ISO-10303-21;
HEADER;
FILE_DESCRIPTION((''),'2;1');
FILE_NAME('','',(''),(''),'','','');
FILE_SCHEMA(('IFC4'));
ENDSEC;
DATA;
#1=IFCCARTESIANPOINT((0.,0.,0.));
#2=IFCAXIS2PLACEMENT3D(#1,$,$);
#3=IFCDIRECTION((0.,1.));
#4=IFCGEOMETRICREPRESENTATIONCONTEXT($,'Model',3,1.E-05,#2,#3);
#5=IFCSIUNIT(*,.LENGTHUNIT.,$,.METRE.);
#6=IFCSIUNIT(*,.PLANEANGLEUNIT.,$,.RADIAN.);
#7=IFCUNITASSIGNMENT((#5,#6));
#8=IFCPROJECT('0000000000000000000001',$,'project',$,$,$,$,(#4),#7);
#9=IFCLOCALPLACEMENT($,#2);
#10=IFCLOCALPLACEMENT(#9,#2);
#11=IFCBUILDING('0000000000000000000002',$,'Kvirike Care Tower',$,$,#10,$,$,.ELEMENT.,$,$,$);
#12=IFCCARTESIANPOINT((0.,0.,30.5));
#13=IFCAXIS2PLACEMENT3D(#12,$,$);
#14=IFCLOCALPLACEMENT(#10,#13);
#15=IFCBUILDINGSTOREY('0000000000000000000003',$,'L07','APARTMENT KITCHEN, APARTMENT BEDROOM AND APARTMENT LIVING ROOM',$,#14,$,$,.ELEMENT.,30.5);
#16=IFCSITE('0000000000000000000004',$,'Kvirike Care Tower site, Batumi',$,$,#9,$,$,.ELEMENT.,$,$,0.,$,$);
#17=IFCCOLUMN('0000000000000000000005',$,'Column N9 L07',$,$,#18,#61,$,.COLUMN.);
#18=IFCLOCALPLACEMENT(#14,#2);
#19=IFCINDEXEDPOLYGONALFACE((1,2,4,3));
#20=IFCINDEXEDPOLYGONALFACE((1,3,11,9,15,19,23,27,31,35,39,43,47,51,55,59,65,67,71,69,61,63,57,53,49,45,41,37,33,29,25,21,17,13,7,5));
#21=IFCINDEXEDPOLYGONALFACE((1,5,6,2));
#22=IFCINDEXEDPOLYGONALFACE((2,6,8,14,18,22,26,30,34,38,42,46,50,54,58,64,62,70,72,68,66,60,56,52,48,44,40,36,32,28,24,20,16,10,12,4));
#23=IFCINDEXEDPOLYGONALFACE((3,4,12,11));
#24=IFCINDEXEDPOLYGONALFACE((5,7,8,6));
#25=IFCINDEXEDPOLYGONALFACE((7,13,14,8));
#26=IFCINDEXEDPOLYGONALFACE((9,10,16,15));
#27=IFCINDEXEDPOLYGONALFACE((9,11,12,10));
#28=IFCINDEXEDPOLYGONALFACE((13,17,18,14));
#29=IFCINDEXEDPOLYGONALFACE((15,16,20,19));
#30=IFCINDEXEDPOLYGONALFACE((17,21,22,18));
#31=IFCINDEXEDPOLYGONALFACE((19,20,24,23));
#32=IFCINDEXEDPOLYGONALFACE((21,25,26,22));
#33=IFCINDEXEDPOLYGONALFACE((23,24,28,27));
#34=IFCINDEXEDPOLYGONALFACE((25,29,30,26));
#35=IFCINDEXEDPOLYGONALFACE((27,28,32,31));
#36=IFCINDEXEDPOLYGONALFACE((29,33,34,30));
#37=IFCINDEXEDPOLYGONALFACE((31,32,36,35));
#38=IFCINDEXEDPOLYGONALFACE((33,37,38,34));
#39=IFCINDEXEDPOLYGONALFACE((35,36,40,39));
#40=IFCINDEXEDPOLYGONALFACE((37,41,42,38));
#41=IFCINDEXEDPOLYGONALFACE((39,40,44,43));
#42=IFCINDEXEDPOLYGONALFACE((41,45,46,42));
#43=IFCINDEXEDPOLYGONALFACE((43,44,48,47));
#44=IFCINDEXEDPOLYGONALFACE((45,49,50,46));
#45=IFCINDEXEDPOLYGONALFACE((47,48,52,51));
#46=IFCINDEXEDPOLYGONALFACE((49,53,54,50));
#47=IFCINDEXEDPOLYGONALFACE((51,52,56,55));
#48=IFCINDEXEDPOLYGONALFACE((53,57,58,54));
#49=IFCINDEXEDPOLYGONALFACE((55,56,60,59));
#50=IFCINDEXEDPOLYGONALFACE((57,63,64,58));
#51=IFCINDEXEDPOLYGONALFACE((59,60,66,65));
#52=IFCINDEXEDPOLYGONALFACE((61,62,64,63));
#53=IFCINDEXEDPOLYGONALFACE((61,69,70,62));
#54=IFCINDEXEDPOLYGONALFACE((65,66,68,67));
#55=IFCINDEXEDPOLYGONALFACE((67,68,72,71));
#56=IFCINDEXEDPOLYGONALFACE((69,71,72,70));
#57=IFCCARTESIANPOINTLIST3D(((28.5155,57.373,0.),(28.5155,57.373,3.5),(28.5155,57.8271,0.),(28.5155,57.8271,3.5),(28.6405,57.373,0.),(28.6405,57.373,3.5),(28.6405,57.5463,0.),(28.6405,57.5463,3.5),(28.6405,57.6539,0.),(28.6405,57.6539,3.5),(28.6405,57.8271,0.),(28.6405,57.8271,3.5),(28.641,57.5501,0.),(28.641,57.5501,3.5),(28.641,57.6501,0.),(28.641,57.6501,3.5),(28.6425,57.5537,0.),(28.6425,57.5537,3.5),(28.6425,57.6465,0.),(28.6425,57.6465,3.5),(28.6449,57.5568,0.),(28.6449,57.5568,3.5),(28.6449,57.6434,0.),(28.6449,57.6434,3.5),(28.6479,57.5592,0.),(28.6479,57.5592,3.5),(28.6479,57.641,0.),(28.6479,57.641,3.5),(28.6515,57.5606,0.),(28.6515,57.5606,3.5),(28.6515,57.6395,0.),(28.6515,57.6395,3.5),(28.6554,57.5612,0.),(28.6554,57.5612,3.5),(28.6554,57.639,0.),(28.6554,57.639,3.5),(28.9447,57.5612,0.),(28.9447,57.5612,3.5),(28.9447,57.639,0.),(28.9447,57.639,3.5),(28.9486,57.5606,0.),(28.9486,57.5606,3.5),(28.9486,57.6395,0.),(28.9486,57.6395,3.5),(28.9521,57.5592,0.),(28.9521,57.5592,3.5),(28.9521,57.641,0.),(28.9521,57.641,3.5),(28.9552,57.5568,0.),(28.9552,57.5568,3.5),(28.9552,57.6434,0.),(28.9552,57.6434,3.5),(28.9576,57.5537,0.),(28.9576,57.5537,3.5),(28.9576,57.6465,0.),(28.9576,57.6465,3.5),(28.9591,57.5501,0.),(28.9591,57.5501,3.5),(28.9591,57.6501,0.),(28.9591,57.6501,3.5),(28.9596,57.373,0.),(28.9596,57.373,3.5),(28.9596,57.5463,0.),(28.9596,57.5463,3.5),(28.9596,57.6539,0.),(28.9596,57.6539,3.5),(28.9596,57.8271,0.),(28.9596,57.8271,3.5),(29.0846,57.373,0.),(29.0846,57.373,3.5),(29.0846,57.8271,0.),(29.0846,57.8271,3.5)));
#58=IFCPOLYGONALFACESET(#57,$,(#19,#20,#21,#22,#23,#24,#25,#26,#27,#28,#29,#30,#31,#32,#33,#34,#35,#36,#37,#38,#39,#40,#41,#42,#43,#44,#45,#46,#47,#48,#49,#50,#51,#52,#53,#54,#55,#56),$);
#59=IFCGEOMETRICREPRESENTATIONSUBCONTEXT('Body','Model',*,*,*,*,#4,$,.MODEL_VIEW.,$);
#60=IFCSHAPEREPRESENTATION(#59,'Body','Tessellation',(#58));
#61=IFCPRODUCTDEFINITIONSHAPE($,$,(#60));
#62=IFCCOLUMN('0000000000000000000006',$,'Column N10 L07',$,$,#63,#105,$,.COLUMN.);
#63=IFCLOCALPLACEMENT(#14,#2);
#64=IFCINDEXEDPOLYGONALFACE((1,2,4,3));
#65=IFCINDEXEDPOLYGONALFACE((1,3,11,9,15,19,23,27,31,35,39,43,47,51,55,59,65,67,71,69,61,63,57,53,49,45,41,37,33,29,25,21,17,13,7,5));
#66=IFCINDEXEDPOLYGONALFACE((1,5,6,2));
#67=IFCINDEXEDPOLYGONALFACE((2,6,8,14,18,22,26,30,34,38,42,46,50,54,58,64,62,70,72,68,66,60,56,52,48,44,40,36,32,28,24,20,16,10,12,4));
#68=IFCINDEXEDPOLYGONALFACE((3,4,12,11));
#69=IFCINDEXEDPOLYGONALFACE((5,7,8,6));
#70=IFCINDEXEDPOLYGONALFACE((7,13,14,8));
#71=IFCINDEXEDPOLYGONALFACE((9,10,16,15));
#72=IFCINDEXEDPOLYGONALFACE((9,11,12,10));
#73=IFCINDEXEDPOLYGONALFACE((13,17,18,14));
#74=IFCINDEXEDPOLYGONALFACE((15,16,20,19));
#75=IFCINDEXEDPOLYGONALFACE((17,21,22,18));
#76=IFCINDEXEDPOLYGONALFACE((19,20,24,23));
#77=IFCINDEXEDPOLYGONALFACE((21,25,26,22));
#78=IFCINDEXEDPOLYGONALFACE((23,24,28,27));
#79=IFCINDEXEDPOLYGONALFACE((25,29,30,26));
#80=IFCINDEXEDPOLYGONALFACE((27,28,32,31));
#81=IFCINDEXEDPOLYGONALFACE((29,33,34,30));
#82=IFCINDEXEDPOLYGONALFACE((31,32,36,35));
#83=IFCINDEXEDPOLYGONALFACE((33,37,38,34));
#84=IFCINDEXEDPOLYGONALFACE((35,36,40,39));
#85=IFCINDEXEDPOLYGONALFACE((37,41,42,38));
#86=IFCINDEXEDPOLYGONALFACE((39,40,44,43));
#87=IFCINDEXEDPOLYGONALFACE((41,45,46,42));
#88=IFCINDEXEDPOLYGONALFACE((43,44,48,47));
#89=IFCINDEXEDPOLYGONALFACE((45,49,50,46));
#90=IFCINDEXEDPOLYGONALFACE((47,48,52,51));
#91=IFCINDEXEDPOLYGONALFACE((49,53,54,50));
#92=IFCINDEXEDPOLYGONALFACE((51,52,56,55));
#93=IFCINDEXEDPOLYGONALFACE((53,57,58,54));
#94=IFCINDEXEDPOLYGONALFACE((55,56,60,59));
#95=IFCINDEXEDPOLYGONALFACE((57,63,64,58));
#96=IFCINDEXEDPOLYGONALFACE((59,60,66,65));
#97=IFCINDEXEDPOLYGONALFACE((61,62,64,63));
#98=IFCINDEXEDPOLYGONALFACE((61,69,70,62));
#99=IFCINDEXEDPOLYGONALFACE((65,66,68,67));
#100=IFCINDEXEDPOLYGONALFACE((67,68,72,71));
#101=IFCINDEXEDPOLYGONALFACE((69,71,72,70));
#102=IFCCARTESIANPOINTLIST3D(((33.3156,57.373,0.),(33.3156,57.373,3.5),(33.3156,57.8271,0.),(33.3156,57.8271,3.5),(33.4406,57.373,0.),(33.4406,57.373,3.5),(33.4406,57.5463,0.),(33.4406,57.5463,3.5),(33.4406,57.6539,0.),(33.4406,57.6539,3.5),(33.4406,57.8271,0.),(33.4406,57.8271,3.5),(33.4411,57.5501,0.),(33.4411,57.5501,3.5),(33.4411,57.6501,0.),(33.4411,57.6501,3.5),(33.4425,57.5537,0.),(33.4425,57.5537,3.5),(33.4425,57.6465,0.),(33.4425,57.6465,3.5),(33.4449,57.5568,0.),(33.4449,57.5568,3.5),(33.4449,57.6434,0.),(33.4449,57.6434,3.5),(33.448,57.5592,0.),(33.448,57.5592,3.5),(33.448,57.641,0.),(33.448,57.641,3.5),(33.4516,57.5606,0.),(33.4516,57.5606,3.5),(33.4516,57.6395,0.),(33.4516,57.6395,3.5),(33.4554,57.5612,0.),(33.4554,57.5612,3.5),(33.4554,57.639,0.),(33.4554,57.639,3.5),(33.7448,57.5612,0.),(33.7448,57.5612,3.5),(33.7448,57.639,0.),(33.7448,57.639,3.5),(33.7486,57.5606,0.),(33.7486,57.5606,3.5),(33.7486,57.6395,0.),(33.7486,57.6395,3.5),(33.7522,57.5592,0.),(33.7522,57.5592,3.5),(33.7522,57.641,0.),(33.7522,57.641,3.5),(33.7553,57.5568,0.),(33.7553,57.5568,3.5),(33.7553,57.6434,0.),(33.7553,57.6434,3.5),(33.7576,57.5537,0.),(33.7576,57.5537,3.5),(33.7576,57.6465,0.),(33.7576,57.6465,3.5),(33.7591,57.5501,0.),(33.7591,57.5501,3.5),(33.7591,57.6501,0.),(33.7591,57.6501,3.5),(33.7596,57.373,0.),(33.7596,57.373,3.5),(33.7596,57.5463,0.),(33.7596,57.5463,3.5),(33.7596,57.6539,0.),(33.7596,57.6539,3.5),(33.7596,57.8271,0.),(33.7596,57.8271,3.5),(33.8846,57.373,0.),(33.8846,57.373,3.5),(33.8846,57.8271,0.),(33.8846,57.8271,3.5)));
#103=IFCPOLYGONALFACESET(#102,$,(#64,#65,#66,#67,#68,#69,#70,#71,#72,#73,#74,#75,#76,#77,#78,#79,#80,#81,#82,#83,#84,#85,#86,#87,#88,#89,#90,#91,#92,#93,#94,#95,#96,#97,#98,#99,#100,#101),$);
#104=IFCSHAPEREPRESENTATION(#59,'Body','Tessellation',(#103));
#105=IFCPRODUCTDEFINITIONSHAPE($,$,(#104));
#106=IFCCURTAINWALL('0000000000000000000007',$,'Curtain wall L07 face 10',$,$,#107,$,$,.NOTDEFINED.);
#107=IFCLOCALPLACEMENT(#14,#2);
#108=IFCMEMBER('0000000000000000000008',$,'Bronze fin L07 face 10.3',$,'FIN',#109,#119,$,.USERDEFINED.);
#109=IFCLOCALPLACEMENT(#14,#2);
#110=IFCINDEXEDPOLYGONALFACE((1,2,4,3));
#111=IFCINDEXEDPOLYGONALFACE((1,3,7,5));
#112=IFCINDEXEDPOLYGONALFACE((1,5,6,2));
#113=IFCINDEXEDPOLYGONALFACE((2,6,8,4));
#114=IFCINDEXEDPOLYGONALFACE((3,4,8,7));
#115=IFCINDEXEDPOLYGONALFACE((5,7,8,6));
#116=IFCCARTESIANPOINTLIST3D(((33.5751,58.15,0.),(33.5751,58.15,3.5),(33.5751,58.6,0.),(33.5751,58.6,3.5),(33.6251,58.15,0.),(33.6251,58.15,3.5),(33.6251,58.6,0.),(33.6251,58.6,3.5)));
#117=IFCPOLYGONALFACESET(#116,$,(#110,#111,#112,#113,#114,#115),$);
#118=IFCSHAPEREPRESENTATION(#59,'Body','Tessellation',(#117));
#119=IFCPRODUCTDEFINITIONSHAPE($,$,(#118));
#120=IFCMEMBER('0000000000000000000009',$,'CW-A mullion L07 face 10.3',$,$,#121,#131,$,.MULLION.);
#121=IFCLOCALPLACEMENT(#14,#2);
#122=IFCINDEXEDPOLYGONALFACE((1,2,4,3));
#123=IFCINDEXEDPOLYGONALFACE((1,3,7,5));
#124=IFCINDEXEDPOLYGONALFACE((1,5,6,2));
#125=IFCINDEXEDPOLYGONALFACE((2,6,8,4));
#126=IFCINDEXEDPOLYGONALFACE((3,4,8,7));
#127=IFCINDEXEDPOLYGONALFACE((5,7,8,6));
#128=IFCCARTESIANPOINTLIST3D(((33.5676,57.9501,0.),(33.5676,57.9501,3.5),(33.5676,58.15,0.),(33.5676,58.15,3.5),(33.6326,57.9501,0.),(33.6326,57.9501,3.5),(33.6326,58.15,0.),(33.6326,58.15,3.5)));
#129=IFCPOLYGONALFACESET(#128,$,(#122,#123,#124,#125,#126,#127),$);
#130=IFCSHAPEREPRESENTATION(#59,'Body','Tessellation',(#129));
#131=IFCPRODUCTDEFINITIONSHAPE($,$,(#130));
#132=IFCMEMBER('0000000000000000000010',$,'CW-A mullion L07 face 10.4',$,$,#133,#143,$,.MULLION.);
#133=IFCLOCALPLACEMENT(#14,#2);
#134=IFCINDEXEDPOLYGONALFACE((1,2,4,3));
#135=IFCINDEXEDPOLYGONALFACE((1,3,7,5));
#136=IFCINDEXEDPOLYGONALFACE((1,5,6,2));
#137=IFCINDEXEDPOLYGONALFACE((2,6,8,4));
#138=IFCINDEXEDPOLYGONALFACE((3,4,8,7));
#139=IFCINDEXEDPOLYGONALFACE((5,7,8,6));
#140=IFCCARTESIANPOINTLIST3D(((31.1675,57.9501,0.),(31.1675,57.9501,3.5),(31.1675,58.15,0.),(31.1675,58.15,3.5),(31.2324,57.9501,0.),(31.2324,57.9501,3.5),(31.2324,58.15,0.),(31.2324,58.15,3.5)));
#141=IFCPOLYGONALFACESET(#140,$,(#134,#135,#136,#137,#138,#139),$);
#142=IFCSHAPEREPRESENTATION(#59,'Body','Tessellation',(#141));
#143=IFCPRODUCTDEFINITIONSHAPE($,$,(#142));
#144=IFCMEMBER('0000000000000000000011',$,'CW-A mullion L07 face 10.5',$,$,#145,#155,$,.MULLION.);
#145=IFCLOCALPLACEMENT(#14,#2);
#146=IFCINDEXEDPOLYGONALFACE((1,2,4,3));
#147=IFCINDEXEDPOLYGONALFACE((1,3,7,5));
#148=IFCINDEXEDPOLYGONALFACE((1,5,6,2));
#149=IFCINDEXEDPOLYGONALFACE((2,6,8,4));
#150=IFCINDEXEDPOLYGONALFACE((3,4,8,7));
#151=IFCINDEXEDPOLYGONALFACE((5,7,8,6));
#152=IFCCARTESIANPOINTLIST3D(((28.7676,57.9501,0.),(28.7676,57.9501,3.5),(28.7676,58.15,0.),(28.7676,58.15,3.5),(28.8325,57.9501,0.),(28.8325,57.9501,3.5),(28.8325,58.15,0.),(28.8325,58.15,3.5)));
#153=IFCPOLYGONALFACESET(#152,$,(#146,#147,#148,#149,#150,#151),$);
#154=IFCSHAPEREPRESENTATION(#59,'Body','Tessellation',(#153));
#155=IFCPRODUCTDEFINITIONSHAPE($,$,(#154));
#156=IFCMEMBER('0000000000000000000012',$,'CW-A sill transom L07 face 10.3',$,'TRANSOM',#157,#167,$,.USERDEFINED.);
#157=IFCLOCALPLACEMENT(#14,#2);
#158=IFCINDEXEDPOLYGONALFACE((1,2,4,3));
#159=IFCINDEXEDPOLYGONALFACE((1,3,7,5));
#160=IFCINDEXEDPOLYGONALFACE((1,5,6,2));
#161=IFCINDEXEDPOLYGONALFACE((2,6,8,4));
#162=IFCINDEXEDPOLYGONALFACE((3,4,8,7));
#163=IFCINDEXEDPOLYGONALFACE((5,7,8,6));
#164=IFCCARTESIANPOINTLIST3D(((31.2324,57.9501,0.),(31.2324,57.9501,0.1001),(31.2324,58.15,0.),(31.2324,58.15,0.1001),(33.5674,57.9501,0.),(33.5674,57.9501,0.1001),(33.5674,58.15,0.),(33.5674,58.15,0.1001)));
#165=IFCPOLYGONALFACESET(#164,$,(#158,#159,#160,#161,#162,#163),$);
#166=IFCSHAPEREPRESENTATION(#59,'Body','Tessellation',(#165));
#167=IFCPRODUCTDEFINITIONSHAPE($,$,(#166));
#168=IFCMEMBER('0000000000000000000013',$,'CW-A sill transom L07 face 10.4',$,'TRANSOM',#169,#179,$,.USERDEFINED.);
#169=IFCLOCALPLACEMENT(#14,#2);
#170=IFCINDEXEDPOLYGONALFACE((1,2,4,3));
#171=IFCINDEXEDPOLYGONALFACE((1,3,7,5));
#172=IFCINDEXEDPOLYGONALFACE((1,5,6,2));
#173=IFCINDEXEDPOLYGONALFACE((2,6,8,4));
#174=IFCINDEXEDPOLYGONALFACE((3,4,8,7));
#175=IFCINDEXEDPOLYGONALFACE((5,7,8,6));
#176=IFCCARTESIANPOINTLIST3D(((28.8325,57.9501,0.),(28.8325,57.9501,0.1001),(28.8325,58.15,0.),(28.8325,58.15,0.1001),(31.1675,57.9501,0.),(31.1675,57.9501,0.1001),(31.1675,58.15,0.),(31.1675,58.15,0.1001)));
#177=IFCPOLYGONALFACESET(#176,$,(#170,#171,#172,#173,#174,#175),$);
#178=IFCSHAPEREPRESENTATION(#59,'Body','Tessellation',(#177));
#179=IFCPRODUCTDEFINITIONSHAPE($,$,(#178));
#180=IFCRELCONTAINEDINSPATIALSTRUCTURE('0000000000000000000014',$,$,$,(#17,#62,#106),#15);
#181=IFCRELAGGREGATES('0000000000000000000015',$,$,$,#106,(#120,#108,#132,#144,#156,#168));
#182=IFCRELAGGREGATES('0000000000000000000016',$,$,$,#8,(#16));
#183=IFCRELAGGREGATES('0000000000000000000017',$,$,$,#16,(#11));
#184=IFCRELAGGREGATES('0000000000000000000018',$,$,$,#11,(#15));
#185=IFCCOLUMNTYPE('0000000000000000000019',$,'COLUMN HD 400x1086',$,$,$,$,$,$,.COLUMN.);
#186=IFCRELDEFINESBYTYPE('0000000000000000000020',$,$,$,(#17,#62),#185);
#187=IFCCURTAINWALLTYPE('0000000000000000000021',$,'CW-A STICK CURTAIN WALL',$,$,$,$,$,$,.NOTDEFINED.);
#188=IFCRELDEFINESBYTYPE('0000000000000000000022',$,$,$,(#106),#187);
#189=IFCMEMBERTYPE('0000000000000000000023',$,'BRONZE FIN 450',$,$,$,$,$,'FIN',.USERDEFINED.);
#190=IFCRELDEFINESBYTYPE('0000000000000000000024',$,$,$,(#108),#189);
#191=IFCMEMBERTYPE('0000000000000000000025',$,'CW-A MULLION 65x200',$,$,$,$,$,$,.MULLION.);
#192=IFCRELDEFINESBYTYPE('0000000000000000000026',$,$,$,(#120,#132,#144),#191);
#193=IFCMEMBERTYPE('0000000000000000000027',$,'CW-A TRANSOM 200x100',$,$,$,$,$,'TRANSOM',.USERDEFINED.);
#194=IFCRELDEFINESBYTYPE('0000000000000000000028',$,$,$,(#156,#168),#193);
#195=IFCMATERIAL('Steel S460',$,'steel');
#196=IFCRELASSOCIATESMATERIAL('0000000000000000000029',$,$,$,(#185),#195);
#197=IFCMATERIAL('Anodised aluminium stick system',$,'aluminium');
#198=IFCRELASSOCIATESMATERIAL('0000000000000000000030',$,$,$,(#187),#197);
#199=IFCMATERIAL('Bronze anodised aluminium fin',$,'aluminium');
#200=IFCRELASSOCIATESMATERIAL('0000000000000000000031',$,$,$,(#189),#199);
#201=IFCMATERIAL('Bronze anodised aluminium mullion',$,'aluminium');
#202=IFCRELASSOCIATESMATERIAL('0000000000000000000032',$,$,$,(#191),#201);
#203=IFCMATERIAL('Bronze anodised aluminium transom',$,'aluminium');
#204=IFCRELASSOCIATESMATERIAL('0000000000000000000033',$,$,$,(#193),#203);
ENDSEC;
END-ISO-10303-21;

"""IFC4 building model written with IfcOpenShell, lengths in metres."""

from ifc_helpers import new_model, si_unit, direction, frame, origin, origin_2d, place, context, subcontext, project, spatial, rectangle, i_section, extrude, material, material_profile, profile_set, type_object, element, aggregate, save


model = new_model("IFC4")

# Units and contexts
model_context = context("Model", 3, precision=1e-05, world=origin(), true_north=direction((0.0, 1.0)))
body_context = subcontext(model_context, "Body", "Model", "MODEL_VIEW")
ifc_project = project(units=[si_unit("LENGTHUNIT", "METRE"), si_unit("PLANEANGLEUNIT", "RADIAN")], contexts=[model_context])

# Site, building, storey
site_placement = place(None, origin())
site = spatial("IfcSite", under=ifc_project, at=site_placement, Name="Kvirike Care Tower site, Batumi", CompositionType="ELEMENT", RefElevation=0.0)
building_placement = place(site_placement, origin())
building = spatial("IfcBuilding", under=site, at=building_placement, Name="Kvirike Care Tower", CompositionType="ELEMENT")
storey_placement = place(building_placement, frame((0.0, 0.0, 30.5)))
storey = spatial("IfcBuildingStorey", under=building, at=storey_placement, Name="L07", Description="APARTMENT KITCHEN, APARTMENT BEDROOM AND APARTMENT LIVING ROOM", CompositionType="ELEMENT", Elevation=30.5)

# Columns
ifc_material_1 = material(Name="Steel S460", Category="steel")
ifc_material_profile_1 = material_profile(ifc_material_1, i_section(OverallWidth=0.4541, OverallDepth=0.5691, WebThickness=0.0779, FlangeThickness=0.125, FilletRadius=0.0149, at=origin_2d()), Name="HD 400x1086")
ifc_profile_set_1 = profile_set([ifc_material_profile_1], Name="Steel S460")
column_type = type_object("IfcColumnType", Name="COLUMN HD 400x1086", PredefinedType="COLUMN", material=ifc_profile_set_1)
for number, where, z_axis, x_axis, name in (
    (1, (28.8, 57.6001, 0.0), (0.0, 0.0, 1.0), (0.0, 1.0, 0.0), "Column N9 L07"),
    (2, (33.6001, 57.6001, 0.0), (0.0, 0.0, 1.0), (0.0, 1.0, 0.0), "Column N10 L07"),
):
    element("IfcColumn", number, at=place(storey_placement, frame(where, z_axis=z_axis, x_axis=x_axis)), inside=storey, type_object=column_type, Name=name, PredefinedType="COLUMN", context=body_context, shape_type="SweptSolid", body=[
        extrude(i_section(OverallWidth=0.4541, OverallDepth=0.5691, WebThickness=0.0779, FlangeThickness=0.125, FilletRadius=0.0149, at=origin_2d()), origin(), (0.0, 0.0, 1.0), 3.5),
    ])

# Curtain wall, members
ifc_material_2 = material(Name="Anodised aluminium stick system", Category="aluminium")
curtain_wall_type = type_object("IfcCurtainWallType", Name="CW-A STICK CURTAIN WALL", PredefinedType="NOTDEFINED", material=ifc_material_2)
curtain_wall_placement = place(storey_placement, origin())
curtain_wall = element("IfcCurtainWall", 3, at=curtain_wall_placement, inside=storey, type_object=curtain_wall_type, Name="Curtain wall L07 face 10", PredefinedType="NOTDEFINED")
ifc_material_3 = material(Name="Bronze anodised aluminium fin", Category="aluminium")
ifc_material_profile_2 = material_profile(ifc_material_3, rectangle(XDim=0.05, YDim=0.45, at=origin_2d()), Name="BRONZE FIN 450")
ifc_profile_set_2 = profile_set([ifc_material_profile_2], Name="Bronze anodised aluminium fin")
member_type_1 = type_object("IfcMemberType", Name="BRONZE FIN 450", ElementType="FIN", PredefinedType="USERDEFINED", material=ifc_profile_set_2)
member_1_placement = place(storey_placement, frame((33.6001, 58.375, 0.0), z_axis=(0.0, 0.0, 1.0), x_axis=(-1.0, 0.0, 0.0)))
member_1 = element("IfcMember", 4, at=member_1_placement, type_object=member_type_1, Name="Bronze fin L07 face 10.3", ObjectType="FIN", PredefinedType="USERDEFINED", context=body_context, shape_type="SweptSolid", body=[
    extrude(rectangle(XDim=0.05, YDim=0.45, at=origin_2d()), origin(), (0.0, 0.0, 1.0), 3.5),
])
ifc_material_4 = material(Name="Bronze anodised aluminium mullion", Category="aluminium")
ifc_material_profile_3 = material_profile(ifc_material_4, rectangle(XDim=0.0649, YDim=0.2, at=origin_2d()), Name="CW-A MULLION 65x200")
ifc_profile_set_3 = profile_set([ifc_material_profile_3], Name="Bronze anodised aluminium mullion")
member_type_2 = type_object("IfcMemberType", Name="CW-A MULLION 65x200", PredefinedType="MULLION", material=ifc_profile_set_3)
member_2_placement = place(storey_placement, frame((33.6001, 58.05, 0.0), z_axis=(0.0, 0.0, 1.0), x_axis=(-1.0, 0.0, 0.0)))
member_2 = element("IfcMember", 5, at=member_2_placement, type_object=member_type_2, Name="CW-A mullion L07 face 10.3", PredefinedType="MULLION", context=body_context, shape_type="SweptSolid", body=[
    extrude(rectangle(XDim=0.0649, YDim=0.2, at=origin_2d()), origin(), (0.0, 0.0, 1.0), 3.5),
])
member_3_placement = place(storey_placement, frame((31.2, 58.05, 0.0), z_axis=(0.0, 0.0, 1.0), x_axis=(-1.0, 0.0, 0.0)))
member_3 = element("IfcMember", 6, at=member_3_placement, type_object=member_type_2, Name="CW-A mullion L07 face 10.4", PredefinedType="MULLION", context=body_context, shape_type="SweptSolid", body=[
    extrude(rectangle(XDim=0.0649, YDim=0.2, at=origin_2d()), origin(), (0.0, 0.0, 1.0), 3.5),
])
member_4_placement = place(storey_placement, frame((28.8, 58.05, 0.0), z_axis=(0.0, 0.0, 1.0), x_axis=(-1.0, 0.0, 0.0)))
member_4 = element("IfcMember", 7, at=member_4_placement, type_object=member_type_2, Name="CW-A mullion L07 face 10.5", PredefinedType="MULLION", context=body_context, shape_type="SweptSolid", body=[
    extrude(rectangle(XDim=0.0649, YDim=0.2, at=origin_2d()), origin(), (0.0, 0.0, 1.0), 3.5),
])
ifc_material_5 = material(Name="Bronze anodised aluminium transom", Category="aluminium")
ifc_material_profile_4 = material_profile(ifc_material_5, rectangle(XDim=0.2, YDim=0.1001, at=origin_2d()), Name="CW-A TRANSOM 200x100")
ifc_profile_set_4 = profile_set([ifc_material_profile_4], Name="Bronze anodised aluminium transom")
member_type_3 = type_object("IfcMemberType", Name="CW-A TRANSOM 200x100", ElementType="TRANSOM", PredefinedType="USERDEFINED", material=ifc_profile_set_4)
member_5_placement = place(storey_placement, frame((33.5674, 58.05, 0.05), z_axis=(-1.0, 0.0, 0.0), x_axis=(0.0, -1.0, 0.0)))
member_5 = element("IfcMember", 8, at=member_5_placement, type_object=member_type_3, Name="CW-A sill transom L07 face 10.3", ObjectType="TRANSOM", PredefinedType="USERDEFINED", context=body_context, shape_type="SweptSolid", body=[
    extrude(rectangle(XDim=0.2, YDim=0.1001, at=origin_2d()), origin(), (0.0, 0.0, 1.0), 2.335),
])
member_6_placement = place(storey_placement, frame((31.1675, 58.05, 0.05), z_axis=(-1.0, 0.0, 0.0), x_axis=(0.0, -1.0, 0.0)))
member_6 = element("IfcMember", 9, at=member_6_placement, type_object=member_type_3, Name="CW-A sill transom L07 face 10.4", ObjectType="TRANSOM", PredefinedType="USERDEFINED", context=body_context, shape_type="SweptSolid", body=[
    extrude(rectangle(XDim=0.2, YDim=0.1001, at=origin_2d()), origin(), (0.0, 0.0, 1.0), 2.335),
])

aggregate(curtain_wall, [member_2, member_1, member_3, member_4, member_5, member_6])

save(model, "model.ifc")
